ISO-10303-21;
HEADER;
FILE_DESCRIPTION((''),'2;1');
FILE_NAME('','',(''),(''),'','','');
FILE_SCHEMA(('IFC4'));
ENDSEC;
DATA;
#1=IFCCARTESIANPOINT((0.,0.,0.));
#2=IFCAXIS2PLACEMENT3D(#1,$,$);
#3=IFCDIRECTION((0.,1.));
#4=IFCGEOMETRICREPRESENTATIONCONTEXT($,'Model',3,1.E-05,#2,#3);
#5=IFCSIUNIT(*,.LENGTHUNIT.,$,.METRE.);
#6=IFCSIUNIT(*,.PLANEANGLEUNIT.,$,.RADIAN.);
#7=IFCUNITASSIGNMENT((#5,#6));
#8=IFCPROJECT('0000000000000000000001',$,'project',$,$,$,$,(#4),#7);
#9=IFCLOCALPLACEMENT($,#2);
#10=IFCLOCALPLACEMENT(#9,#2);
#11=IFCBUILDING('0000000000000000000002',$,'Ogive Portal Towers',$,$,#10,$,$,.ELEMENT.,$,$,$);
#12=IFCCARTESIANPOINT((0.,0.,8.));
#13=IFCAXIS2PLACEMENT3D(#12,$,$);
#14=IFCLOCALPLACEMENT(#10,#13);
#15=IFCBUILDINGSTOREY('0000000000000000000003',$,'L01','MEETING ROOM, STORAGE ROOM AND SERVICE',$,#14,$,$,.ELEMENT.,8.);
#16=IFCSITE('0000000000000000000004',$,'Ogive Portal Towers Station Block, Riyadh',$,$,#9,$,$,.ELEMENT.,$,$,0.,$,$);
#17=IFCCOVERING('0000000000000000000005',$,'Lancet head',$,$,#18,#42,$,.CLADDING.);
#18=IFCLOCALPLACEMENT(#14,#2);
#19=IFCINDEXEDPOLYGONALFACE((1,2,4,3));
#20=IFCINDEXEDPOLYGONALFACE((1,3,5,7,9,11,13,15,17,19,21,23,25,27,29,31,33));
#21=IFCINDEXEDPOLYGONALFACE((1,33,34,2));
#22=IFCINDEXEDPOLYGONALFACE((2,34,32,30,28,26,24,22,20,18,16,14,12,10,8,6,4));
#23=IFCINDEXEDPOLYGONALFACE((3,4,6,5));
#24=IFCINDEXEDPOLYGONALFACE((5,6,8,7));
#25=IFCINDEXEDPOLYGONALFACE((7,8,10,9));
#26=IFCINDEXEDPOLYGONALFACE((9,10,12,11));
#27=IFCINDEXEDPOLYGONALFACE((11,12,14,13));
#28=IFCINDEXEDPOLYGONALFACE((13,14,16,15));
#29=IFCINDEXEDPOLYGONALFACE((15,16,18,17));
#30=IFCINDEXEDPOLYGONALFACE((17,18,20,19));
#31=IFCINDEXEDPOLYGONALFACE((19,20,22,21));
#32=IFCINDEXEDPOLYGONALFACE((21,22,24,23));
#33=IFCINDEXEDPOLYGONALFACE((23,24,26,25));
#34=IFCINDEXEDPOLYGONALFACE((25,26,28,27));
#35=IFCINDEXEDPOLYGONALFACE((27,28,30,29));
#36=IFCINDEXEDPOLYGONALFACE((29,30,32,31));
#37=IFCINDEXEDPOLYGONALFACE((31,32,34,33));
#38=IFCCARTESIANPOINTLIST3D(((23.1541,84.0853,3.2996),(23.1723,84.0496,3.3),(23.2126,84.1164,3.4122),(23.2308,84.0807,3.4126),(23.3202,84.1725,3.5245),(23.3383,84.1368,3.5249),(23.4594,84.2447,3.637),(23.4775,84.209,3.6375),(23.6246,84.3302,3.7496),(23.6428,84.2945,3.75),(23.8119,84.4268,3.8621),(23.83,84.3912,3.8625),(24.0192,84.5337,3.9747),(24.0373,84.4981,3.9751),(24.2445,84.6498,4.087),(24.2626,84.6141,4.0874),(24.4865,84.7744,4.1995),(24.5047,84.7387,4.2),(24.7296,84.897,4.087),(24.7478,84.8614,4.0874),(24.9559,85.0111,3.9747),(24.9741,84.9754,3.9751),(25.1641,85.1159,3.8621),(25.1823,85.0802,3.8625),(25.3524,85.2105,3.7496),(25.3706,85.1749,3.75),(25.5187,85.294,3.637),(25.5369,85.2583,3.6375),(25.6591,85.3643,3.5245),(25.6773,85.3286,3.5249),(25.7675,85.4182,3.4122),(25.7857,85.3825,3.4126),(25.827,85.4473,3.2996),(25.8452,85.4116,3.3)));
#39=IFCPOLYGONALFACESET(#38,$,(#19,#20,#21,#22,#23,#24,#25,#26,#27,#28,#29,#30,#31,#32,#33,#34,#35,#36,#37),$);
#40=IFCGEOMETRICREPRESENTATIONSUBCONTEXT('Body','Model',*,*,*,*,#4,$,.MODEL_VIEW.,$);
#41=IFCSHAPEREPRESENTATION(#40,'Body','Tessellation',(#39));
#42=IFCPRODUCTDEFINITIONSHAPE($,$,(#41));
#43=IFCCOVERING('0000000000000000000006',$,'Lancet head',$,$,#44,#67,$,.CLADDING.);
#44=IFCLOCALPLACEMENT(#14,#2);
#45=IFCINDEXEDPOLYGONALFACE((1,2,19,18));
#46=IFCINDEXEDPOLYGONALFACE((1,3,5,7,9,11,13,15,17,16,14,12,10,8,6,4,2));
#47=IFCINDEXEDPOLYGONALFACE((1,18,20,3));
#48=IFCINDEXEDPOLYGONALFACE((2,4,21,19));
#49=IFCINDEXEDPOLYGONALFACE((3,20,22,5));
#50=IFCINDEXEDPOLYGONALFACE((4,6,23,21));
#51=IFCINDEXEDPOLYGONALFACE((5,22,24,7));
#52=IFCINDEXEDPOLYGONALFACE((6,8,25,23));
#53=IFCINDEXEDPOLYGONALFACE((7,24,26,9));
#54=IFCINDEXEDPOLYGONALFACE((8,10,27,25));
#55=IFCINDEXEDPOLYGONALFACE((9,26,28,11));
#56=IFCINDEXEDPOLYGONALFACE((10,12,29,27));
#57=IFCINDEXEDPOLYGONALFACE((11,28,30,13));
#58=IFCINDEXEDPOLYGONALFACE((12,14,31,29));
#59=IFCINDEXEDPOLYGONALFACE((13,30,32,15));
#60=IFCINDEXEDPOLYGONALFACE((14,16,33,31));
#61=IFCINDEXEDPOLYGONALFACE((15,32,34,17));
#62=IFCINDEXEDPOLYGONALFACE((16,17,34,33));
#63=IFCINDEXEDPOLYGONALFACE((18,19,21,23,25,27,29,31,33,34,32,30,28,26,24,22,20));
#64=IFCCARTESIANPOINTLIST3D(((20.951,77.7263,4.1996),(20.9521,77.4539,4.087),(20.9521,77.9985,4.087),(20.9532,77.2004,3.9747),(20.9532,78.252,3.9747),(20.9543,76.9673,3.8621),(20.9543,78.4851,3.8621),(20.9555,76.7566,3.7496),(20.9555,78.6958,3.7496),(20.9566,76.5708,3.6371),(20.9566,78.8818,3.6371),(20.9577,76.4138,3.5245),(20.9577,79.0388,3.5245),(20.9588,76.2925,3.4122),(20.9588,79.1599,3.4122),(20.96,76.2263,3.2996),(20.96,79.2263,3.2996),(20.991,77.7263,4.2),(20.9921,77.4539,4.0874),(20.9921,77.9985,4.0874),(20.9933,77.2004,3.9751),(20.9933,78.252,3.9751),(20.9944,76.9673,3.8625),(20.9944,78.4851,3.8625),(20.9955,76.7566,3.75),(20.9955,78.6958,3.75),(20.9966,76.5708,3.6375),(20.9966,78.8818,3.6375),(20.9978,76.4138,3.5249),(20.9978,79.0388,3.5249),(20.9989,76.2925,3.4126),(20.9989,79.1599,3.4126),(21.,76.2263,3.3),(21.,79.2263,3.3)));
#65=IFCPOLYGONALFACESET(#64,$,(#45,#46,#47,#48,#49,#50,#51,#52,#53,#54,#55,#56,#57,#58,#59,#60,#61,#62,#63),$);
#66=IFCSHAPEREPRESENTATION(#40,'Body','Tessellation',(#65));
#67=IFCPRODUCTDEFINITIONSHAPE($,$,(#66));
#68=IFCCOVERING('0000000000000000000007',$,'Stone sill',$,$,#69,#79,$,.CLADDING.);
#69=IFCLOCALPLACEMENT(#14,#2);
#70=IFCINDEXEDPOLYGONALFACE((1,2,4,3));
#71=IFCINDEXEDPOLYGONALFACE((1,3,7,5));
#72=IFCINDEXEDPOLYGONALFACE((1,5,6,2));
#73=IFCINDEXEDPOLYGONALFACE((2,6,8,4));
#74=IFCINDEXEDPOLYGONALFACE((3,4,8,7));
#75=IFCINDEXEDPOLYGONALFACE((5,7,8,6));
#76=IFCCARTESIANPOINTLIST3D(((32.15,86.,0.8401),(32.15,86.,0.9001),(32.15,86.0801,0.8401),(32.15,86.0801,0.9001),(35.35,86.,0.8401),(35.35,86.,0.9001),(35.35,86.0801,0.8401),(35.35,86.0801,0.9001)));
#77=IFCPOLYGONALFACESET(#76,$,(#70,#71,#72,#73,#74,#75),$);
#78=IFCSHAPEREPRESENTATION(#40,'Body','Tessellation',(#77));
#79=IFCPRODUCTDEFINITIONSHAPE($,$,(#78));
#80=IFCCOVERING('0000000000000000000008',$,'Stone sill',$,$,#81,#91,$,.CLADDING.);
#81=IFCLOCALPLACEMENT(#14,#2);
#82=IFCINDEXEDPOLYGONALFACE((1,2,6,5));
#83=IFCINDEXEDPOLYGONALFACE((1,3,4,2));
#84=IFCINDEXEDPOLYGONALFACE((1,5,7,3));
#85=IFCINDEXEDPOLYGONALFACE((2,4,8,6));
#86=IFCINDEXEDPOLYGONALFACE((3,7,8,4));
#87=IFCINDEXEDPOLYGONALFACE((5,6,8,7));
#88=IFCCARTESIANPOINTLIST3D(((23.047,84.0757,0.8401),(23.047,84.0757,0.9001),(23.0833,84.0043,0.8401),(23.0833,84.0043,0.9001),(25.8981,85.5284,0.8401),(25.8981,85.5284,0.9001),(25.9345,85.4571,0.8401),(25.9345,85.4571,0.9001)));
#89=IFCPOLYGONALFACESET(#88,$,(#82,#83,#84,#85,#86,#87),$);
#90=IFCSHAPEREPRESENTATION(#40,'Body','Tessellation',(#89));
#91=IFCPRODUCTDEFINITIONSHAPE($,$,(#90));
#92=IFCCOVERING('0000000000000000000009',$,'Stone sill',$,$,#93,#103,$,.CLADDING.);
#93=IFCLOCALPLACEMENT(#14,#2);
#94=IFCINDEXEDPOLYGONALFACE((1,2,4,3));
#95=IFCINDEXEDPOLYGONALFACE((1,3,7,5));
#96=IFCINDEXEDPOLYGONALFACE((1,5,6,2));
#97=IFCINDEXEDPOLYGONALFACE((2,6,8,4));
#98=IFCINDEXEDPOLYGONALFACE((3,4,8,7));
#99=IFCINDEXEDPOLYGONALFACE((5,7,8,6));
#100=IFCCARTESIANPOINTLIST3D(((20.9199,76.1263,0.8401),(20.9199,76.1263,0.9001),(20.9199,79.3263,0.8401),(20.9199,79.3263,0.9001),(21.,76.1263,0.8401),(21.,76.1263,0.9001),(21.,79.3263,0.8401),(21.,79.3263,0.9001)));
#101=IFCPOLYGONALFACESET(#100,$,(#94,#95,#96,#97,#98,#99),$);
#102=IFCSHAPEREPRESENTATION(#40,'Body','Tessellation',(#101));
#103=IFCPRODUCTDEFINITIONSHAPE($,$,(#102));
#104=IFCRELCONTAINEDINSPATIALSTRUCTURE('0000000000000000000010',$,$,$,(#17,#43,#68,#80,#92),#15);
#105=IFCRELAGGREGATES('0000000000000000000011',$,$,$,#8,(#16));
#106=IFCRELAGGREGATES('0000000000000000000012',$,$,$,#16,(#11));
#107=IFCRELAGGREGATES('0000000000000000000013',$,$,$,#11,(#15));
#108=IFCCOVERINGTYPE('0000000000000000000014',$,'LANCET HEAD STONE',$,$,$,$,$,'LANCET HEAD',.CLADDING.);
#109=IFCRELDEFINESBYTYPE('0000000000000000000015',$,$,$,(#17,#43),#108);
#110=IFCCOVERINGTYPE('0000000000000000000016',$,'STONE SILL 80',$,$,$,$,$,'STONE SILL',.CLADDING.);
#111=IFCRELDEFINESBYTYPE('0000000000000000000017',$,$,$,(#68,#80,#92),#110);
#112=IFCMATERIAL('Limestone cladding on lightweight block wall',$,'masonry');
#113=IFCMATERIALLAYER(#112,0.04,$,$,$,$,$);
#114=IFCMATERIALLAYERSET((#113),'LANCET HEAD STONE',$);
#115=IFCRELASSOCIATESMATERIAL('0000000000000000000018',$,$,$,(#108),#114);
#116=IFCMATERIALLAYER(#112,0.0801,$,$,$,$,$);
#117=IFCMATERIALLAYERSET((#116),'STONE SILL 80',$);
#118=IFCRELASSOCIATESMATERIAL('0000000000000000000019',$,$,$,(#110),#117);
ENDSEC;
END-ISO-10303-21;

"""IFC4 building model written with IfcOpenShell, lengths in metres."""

from ifc_helpers import new_model, si_unit, direction, frame, origin, origin_2d, place, context, subcontext, project, spatial, polyline, rectangle, outline, extrude, material, layer, layer_set, type_object, element, save


model = new_model("IFC4")

# Units and contexts
model_context = context("Model", 3, precision=1e-05, world=origin(), true_north=direction((0.0, 1.0)))
body_context = subcontext(model_context, "Body", "Model", "MODEL_VIEW")
ifc_project = project(units=[si_unit("LENGTHUNIT", "METRE"), si_unit("PLANEANGLEUNIT", "RADIAN")], contexts=[model_context])

# Site, building, storey
site_placement = place(None, origin())
site = spatial("IfcSite", under=ifc_project, at=site_placement, Name="Ogive Portal Towers Station Block, Riyadh", CompositionType="ELEMENT", RefElevation=0.0)
building_placement = place(site_placement, origin())
building = spatial("IfcBuilding", under=site, at=building_placement, Name="Ogive Portal Towers", CompositionType="ELEMENT")
storey_placement = place(building_placement, frame((0.0, 0.0, 8.0)))
storey = spatial("IfcBuildingStorey", under=building, at=storey_placement, Name="L01", Description="MEETING ROOM, STORAGE ROOM AND SERVICE", CompositionType="ELEMENT", Elevation=8.0)

# Shared definitions
ifc_material_1 = material(Name="Limestone cladding on lightweight block wall", Category="masonry")

# Coverings
ifc_layer_1 = layer(ifc_material_1, 0.04)
ifc_layer_set_1 = layer_set([ifc_layer_1], Name="LANCET HEAD STONE")
covering_type_1 = type_object("IfcCoveringType", Name="LANCET HEAD STONE", ElementType="LANCET HEAD", PredefinedType="CLADDING", material=ifc_layer_set_1)
covering_1_placement = place(storey_placement, frame((25.8452, 85.4116, 3.3), z_axis=(0.453987, -0.890951, 0.010108), x_axis=(-0.890997, -0.45401, 0.0)))
element("IfcCovering", 1, at=covering_1_placement, inside=storey, type_object=covering_type_1, Name="Lancet head", PredefinedType="CLADDING", context=body_context, shape_type="SweptSolid", body=[
    extrude(outline(polyline([(0.0, 0.0), (2.9999, 0.0), (2.9337, -0.1126), (2.8124, -0.2249), (2.6556, -0.3374), (2.4695, -0.45), (2.2588, -0.5625), (2.0256, -0.6751), (1.7721, -0.7874), (1.4999, -0.8999), (1.2276, -0.7874), (0.9742, -0.6751), (0.7411, -0.5625), (0.5304, -0.45), (0.3443, -0.3374), (0.1873, -0.2249), (0.0663, -0.1126), (0.0, 0.0)])), origin(), (0.0, 0.0, -1.0), 0.04),
])
covering_2_placement = place(storey_placement, frame((21.0, 79.2263, 3.3), z_axis=(0.99995, 0.0, 0.009994), x_axis=(0.0, -1.0, 0.0)))
element("IfcCovering", 2, at=covering_2_placement, inside=storey, type_object=covering_type_1, Name="Lancet head", PredefinedType="CLADDING", context=body_context, shape_type="SweptSolid", body=[
    extrude(outline(polyline([(0.0, 0.0), (3.0, 0.0), (2.9338, -0.1126), (2.8125, -0.2249), (2.6555, -0.3374), (2.4697, -0.45), (2.259, -0.5625), (2.0259, -0.6751), (1.7725, -0.7874), (1.5, -0.8999), (1.2278, -0.7874), (0.9744, -0.6751), (0.7412, -0.5625), (0.5305, -0.45), (0.3445, -0.3374), (0.1875, -0.2249), (0.0664, -0.1126), (0.0, 0.0)])), origin(), (0.0, 0.0, -1.0), 0.04),
])
ifc_layer_2 = layer(ifc_material_1, 0.0801)
ifc_layer_set_2 = layer_set([ifc_layer_2], Name="STONE SILL 80")
covering_type_2 = type_object("IfcCoveringType", Name="STONE SILL 80", ElementType="STONE SILL", PredefinedType="CLADDING", material=ifc_layer_set_2)
for number, where, z_axis, x_axis, name in (
    (3, (33.75, 86.04, 0.8401), (0.0, 0.0, 1.0), (-1.0, 0.0, 0.0), "Stone sill"),
    (4, (24.4907, 84.7664, 0.8401), (0.0, 0.0, 1.0), (-0.891007, -0.45399, 0.0), "Stone sill"),
    (5, (20.96, 77.7263, 0.8401), (0.0, 0.0, 1.0), (0.0, -1.0, 0.0), "Stone sill"),
):
    element("IfcCovering", number, at=place(storey_placement, frame(where, z_axis=z_axis, x_axis=x_axis)), inside=storey, type_object=covering_type_2, Name=name, PredefinedType="CLADDING", context=body_context, shape_type="SweptSolid", body=[
        extrude(rectangle(XDim=3.2, YDim=0.0801, at=origin_2d()), origin(), (0.0, 0.0, 1.0), 0.0601),
    ])

save(model, "model.ifc")
